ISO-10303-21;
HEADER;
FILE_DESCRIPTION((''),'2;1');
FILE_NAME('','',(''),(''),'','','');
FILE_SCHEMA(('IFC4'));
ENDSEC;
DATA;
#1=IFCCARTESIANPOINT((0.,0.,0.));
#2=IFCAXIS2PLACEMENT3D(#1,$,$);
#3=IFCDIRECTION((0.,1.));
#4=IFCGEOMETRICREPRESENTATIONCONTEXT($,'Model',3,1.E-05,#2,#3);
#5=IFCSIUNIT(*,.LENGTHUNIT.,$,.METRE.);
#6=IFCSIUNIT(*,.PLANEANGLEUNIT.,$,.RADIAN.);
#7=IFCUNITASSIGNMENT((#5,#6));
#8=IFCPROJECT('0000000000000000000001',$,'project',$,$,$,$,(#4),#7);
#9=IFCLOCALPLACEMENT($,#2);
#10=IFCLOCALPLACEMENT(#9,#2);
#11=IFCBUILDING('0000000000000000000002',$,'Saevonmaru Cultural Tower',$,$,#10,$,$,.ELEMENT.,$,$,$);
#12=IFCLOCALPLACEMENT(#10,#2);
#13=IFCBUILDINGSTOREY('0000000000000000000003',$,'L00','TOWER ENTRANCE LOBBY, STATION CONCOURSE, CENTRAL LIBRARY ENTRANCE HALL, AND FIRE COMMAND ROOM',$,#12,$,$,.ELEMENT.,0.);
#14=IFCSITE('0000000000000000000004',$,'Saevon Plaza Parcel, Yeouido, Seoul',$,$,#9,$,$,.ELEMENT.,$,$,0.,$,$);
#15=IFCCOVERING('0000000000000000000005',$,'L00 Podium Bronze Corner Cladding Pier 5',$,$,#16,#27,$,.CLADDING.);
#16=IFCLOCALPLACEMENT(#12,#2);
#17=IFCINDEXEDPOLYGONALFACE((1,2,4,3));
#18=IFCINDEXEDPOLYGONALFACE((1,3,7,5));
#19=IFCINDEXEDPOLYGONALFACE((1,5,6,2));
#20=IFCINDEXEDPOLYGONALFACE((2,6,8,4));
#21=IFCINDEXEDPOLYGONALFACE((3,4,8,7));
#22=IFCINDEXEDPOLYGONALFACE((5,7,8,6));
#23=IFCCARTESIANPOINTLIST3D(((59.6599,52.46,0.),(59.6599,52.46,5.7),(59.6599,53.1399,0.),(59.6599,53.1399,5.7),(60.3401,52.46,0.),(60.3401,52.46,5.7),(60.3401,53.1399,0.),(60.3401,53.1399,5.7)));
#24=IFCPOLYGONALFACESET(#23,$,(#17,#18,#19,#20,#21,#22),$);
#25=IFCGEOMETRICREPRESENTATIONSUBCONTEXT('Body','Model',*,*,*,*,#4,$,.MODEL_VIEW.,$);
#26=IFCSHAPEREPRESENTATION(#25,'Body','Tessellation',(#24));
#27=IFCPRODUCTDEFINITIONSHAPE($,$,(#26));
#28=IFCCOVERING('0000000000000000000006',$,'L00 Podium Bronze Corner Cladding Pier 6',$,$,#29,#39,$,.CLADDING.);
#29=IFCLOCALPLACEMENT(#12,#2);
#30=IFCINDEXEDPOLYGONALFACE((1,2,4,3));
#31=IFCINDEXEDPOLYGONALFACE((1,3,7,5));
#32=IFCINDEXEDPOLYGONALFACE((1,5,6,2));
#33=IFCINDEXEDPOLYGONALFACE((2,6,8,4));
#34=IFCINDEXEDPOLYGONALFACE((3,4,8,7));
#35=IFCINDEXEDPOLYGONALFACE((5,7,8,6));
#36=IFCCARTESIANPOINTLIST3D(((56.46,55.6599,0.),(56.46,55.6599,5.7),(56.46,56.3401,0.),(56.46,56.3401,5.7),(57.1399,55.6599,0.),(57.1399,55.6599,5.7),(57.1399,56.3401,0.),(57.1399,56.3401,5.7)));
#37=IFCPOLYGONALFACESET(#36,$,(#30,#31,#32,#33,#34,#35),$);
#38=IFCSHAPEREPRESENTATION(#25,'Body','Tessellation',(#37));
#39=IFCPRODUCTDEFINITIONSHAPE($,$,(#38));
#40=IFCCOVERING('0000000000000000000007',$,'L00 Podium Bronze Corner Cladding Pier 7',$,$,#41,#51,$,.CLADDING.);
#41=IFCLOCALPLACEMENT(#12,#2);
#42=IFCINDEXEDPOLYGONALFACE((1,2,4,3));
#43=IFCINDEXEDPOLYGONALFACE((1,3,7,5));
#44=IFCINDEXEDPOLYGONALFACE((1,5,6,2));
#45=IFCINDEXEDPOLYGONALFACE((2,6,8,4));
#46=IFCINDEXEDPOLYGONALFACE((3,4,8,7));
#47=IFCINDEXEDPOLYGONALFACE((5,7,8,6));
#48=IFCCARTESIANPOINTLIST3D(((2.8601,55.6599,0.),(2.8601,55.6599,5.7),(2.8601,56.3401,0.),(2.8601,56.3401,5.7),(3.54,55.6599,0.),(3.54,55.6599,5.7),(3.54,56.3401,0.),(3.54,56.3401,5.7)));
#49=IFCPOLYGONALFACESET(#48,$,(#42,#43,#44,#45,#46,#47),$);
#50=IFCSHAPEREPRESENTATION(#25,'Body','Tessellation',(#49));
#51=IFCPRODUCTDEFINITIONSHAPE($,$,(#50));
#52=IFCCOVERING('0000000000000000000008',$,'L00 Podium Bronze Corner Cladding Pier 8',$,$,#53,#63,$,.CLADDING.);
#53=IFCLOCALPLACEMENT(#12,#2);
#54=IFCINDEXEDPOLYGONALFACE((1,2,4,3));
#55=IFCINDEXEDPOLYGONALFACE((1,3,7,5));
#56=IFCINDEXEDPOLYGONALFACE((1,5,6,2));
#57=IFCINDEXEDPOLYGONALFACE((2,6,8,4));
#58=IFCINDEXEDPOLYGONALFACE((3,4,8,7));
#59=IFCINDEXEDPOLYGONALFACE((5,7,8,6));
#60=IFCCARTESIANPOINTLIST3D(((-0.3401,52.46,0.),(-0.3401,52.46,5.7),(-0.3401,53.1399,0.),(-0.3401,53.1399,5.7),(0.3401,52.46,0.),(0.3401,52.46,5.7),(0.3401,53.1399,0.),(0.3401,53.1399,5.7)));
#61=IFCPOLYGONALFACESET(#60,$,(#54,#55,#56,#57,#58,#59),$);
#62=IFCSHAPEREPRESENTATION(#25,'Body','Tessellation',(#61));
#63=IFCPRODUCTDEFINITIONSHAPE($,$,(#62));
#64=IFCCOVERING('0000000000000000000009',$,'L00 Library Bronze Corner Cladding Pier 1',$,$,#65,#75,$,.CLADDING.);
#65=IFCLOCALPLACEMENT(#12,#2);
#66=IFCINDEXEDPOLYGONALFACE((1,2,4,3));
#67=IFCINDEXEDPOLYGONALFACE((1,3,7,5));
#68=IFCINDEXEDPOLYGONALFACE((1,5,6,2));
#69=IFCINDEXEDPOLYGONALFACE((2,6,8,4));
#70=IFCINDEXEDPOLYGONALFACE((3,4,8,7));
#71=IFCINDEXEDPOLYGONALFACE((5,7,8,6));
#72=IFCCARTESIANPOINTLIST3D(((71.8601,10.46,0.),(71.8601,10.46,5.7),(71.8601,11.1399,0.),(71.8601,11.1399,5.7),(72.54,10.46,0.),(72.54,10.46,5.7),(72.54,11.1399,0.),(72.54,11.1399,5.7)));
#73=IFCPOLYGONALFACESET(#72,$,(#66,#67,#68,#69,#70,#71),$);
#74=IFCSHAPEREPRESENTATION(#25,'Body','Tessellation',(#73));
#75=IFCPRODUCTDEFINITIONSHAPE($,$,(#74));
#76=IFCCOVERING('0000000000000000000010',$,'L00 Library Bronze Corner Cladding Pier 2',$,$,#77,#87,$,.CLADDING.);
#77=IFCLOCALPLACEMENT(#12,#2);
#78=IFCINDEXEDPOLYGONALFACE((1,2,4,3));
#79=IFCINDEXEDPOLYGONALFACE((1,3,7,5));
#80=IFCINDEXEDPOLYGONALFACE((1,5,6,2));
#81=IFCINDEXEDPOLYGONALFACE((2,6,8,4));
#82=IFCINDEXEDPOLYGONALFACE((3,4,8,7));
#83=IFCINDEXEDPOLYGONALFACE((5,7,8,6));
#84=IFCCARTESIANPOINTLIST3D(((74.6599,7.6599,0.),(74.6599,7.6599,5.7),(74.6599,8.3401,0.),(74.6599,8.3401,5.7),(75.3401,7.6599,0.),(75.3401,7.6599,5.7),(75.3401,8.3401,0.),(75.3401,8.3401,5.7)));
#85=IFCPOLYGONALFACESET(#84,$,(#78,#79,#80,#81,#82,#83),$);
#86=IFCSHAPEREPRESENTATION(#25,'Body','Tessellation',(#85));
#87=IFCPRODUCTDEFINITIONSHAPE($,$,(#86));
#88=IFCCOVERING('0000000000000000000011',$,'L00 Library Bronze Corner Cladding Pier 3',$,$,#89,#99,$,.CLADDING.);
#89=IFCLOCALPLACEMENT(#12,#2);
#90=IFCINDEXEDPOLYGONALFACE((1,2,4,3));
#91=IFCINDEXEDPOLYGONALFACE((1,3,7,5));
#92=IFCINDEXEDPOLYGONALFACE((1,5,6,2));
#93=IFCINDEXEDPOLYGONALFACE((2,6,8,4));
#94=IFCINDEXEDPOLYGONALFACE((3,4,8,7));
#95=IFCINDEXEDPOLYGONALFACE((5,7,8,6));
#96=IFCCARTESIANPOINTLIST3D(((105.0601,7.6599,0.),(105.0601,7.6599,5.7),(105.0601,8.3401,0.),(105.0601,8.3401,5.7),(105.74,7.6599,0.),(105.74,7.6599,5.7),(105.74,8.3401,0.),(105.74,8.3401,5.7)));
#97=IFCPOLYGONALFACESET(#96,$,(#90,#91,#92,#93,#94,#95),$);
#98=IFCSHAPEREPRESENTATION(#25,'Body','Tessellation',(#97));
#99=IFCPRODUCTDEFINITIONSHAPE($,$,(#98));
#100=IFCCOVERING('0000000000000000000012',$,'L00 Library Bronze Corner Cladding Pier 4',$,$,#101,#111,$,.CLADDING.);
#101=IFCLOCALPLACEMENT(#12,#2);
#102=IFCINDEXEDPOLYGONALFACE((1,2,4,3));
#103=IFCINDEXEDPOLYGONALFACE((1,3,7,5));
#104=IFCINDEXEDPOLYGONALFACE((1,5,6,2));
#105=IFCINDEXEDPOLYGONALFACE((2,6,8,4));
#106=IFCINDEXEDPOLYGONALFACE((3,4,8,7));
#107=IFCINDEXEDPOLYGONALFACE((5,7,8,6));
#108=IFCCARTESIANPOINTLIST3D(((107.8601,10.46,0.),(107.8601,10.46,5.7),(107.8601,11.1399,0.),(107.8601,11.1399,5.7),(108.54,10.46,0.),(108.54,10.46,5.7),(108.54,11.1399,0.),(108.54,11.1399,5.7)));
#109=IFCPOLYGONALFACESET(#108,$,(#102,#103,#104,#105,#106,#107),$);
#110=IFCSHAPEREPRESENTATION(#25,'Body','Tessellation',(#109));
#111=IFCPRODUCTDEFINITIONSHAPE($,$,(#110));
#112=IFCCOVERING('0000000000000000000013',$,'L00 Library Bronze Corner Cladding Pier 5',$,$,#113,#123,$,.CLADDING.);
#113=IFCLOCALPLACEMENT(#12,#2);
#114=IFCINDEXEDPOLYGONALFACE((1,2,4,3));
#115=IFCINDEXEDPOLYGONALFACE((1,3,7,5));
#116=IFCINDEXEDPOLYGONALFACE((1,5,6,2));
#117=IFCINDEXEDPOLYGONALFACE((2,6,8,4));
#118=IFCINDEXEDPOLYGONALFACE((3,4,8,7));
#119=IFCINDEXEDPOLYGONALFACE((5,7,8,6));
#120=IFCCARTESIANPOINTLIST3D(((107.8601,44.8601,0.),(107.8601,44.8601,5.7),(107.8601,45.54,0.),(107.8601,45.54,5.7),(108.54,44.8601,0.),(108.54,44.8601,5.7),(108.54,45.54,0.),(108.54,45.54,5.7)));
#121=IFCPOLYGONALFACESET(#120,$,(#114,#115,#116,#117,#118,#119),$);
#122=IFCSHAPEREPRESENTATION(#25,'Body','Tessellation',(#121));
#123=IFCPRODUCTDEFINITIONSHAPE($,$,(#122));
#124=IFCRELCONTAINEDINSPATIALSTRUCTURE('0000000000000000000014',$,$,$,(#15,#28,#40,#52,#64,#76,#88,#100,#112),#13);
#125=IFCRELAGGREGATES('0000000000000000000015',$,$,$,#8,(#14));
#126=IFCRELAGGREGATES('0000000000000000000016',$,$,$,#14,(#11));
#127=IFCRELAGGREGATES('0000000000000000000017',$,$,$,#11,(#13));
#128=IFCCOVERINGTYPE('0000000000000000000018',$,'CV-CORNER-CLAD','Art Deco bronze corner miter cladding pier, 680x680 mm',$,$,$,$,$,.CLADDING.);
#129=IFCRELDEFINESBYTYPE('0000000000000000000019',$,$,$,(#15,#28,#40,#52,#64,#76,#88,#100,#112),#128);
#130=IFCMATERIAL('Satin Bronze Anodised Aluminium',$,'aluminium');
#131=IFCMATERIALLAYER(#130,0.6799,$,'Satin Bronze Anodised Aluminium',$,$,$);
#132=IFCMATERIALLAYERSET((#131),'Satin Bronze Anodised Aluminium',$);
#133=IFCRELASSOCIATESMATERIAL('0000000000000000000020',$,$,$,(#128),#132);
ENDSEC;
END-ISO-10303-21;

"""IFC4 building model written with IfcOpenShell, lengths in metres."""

from ifc_helpers import new_model, si_unit, direction, origin, place, context, subcontext, project, spatial, polyline, outline, extrude, material, layer, layer_set, type_object, element, save


model = new_model("IFC4")

# Units and contexts
model_context = context("Model", 3, precision=1e-05, world=origin(), true_north=direction((0.0, 1.0)))
body_context = subcontext(model_context, "Body", "Model", "MODEL_VIEW")
ifc_project = project(units=[si_unit("LENGTHUNIT", "METRE"), si_unit("PLANEANGLEUNIT", "RADIAN")], contexts=[model_context])

# Site, building, storey
site_placement = place(None, origin())
site = spatial("IfcSite", under=ifc_project, at=site_placement, Name="Saevon Plaza Parcel, Yeouido, Seoul", CompositionType="ELEMENT", RefElevation=0.0)
building_placement = place(site_placement, origin())
building = spatial("IfcBuilding", under=site, at=building_placement, Name="Saevonmaru Cultural Tower", CompositionType="ELEMENT")
storey_placement = place(building_placement, origin())
storey = spatial("IfcBuildingStorey", under=building, at=storey_placement, Name="L00", Description="TOWER ENTRANCE LOBBY, STATION CONCOURSE, CENTRAL LIBRARY ENTRANCE HALL, AND FIRE COMMAND ROOM", CompositionType="ELEMENT", Elevation=0.0)

# Coverings
ifc_material_1 = material(Name="Satin Bronze Anodised Aluminium", Category="aluminium")
ifc_layer_1 = layer(ifc_material_1, 0.6799, Name="Satin Bronze Anodised Aluminium")
ifc_layer_set_1 = layer_set([ifc_layer_1], Name="Satin Bronze Anodised Aluminium")
covering_type = type_object("IfcCoveringType", Name="CV-CORNER-CLAD", Description="Art Deco bronze corner miter cladding pier, 680x680 mm", PredefinedType="CLADDING", material=ifc_layer_set_1)
covering_1_placement = place(storey_placement, origin())
element("IfcCovering", 1, at=covering_1_placement, inside=storey, type_object=covering_type, Name="L00 Podium Bronze Corner Cladding Pier 5", PredefinedType="CLADDING", context=body_context, shape_type="SweptSolid", body=[
    extrude(outline(polyline([(59.6599, 52.46), (60.3401, 52.46), (60.3401, 53.1399), (59.6599, 53.1399), (59.6599, 52.46)])), origin(), (0.0, 0.0, 1.0), 5.7),
])
covering_2_placement = place(storey_placement, origin())
element("IfcCovering", 2, at=covering_2_placement, inside=storey, type_object=covering_type, Name="L00 Podium Bronze Corner Cladding Pier 6", PredefinedType="CLADDING", context=body_context, shape_type="SweptSolid", body=[
    extrude(outline(polyline([(56.46, 55.6599), (57.1399, 55.6599), (57.1399, 56.3401), (56.46, 56.3401), (56.46, 55.6599)])), origin(), (0.0, 0.0, 1.0), 5.7),
])
covering_3_placement = place(storey_placement, origin())
element("IfcCovering", 3, at=covering_3_placement, inside=storey, type_object=covering_type, Name="L00 Podium Bronze Corner Cladding Pier 7", PredefinedType="CLADDING", context=body_context, shape_type="SweptSolid", body=[
    extrude(outline(polyline([(2.8601, 55.6599), (3.54, 55.6599), (3.54, 56.3401), (2.8601, 56.3401), (2.8601, 55.6599)])), origin(), (0.0, 0.0, 1.0), 5.7),
])
covering_4_placement = place(storey_placement, origin())
element("IfcCovering", 4, at=covering_4_placement, inside=storey, type_object=covering_type, Name="L00 Podium Bronze Corner Cladding Pier 8", PredefinedType="CLADDING", context=body_context, shape_type="SweptSolid", body=[
    extrude(outline(polyline([(-0.3401, 52.46), (0.3401, 52.46), (0.3401, 53.1399), (-0.3401, 53.1399), (-0.3401, 52.46)])), origin(), (0.0, 0.0, 1.0), 5.7),
])
covering_5_placement = place(storey_placement, origin())
element("IfcCovering", 5, at=covering_5_placement, inside=storey, type_object=covering_type, Name="L00 Library Bronze Corner Cladding Pier 1", PredefinedType="CLADDING", context=body_context, shape_type="SweptSolid", body=[
    extrude(outline(polyline([(71.8601, 10.46), (72.54, 10.46), (72.54, 11.1399), (71.8601, 11.1399), (71.8601, 10.46)])), origin(), (0.0, 0.0, 1.0), 5.7),
])
covering_6_placement = place(storey_placement, origin())
element("IfcCovering", 6, at=covering_6_placement, inside=storey, type_object=covering_type, Name="L00 Library Bronze Corner Cladding Pier 2", PredefinedType="CLADDING", context=body_context, shape_type="SweptSolid", body=[
    extrude(outline(polyline([(74.6599, 7.6599), (75.3401, 7.6599), (75.3401, 8.3401), (74.6599, 8.3401), (74.6599, 7.6599)])), origin(), (0.0, 0.0, 1.0), 5.7),
])
covering_7_placement = place(storey_placement, origin())
element("IfcCovering", 7, at=covering_7_placement, inside=storey, type_object=covering_type, Name="L00 Library Bronze Corner Cladding Pier 3", PredefinedType="CLADDING", context=body_context, shape_type="SweptSolid", body=[
    extrude(outline(polyline([(105.0601, 7.6599), (105.74, 7.6599), (105.74, 8.3401), (105.0601, 8.3401), (105.0601, 7.6599)])), origin(), (0.0, 0.0, 1.0), 5.7),
])
covering_8_placement = place(storey_placement, origin())
element("IfcCovering", 8, at=covering_8_placement, inside=storey, type_object=covering_type, Name="L00 Library Bronze Corner Cladding Pier 4", PredefinedType="CLADDING", context=body_context, shape_type="SweptSolid", body=[
    extrude(outline(polyline([(107.8601, 10.46), (108.54, 10.46), (108.54, 11.1399), (107.8601, 11.1399), (107.8601, 10.46)])), origin(), (0.0, 0.0, 1.0), 5.7),
])
covering_9_placement = place(storey_placement, origin())
element("IfcCovering", 9, at=covering_9_placement, inside=storey, type_object=covering_type, Name="L00 Library Bronze Corner Cladding Pier 5", PredefinedType="CLADDING", context=body_context, shape_type="SweptSolid", body=[
    extrude(outline(polyline([(107.8601, 44.8601), (108.54, 44.8601), (108.54, 45.54), (107.8601, 45.54), (107.8601, 44.8601)])), origin(), (0.0, 0.0, 1.0), 5.7),
])

save(model, "model.ifc")
